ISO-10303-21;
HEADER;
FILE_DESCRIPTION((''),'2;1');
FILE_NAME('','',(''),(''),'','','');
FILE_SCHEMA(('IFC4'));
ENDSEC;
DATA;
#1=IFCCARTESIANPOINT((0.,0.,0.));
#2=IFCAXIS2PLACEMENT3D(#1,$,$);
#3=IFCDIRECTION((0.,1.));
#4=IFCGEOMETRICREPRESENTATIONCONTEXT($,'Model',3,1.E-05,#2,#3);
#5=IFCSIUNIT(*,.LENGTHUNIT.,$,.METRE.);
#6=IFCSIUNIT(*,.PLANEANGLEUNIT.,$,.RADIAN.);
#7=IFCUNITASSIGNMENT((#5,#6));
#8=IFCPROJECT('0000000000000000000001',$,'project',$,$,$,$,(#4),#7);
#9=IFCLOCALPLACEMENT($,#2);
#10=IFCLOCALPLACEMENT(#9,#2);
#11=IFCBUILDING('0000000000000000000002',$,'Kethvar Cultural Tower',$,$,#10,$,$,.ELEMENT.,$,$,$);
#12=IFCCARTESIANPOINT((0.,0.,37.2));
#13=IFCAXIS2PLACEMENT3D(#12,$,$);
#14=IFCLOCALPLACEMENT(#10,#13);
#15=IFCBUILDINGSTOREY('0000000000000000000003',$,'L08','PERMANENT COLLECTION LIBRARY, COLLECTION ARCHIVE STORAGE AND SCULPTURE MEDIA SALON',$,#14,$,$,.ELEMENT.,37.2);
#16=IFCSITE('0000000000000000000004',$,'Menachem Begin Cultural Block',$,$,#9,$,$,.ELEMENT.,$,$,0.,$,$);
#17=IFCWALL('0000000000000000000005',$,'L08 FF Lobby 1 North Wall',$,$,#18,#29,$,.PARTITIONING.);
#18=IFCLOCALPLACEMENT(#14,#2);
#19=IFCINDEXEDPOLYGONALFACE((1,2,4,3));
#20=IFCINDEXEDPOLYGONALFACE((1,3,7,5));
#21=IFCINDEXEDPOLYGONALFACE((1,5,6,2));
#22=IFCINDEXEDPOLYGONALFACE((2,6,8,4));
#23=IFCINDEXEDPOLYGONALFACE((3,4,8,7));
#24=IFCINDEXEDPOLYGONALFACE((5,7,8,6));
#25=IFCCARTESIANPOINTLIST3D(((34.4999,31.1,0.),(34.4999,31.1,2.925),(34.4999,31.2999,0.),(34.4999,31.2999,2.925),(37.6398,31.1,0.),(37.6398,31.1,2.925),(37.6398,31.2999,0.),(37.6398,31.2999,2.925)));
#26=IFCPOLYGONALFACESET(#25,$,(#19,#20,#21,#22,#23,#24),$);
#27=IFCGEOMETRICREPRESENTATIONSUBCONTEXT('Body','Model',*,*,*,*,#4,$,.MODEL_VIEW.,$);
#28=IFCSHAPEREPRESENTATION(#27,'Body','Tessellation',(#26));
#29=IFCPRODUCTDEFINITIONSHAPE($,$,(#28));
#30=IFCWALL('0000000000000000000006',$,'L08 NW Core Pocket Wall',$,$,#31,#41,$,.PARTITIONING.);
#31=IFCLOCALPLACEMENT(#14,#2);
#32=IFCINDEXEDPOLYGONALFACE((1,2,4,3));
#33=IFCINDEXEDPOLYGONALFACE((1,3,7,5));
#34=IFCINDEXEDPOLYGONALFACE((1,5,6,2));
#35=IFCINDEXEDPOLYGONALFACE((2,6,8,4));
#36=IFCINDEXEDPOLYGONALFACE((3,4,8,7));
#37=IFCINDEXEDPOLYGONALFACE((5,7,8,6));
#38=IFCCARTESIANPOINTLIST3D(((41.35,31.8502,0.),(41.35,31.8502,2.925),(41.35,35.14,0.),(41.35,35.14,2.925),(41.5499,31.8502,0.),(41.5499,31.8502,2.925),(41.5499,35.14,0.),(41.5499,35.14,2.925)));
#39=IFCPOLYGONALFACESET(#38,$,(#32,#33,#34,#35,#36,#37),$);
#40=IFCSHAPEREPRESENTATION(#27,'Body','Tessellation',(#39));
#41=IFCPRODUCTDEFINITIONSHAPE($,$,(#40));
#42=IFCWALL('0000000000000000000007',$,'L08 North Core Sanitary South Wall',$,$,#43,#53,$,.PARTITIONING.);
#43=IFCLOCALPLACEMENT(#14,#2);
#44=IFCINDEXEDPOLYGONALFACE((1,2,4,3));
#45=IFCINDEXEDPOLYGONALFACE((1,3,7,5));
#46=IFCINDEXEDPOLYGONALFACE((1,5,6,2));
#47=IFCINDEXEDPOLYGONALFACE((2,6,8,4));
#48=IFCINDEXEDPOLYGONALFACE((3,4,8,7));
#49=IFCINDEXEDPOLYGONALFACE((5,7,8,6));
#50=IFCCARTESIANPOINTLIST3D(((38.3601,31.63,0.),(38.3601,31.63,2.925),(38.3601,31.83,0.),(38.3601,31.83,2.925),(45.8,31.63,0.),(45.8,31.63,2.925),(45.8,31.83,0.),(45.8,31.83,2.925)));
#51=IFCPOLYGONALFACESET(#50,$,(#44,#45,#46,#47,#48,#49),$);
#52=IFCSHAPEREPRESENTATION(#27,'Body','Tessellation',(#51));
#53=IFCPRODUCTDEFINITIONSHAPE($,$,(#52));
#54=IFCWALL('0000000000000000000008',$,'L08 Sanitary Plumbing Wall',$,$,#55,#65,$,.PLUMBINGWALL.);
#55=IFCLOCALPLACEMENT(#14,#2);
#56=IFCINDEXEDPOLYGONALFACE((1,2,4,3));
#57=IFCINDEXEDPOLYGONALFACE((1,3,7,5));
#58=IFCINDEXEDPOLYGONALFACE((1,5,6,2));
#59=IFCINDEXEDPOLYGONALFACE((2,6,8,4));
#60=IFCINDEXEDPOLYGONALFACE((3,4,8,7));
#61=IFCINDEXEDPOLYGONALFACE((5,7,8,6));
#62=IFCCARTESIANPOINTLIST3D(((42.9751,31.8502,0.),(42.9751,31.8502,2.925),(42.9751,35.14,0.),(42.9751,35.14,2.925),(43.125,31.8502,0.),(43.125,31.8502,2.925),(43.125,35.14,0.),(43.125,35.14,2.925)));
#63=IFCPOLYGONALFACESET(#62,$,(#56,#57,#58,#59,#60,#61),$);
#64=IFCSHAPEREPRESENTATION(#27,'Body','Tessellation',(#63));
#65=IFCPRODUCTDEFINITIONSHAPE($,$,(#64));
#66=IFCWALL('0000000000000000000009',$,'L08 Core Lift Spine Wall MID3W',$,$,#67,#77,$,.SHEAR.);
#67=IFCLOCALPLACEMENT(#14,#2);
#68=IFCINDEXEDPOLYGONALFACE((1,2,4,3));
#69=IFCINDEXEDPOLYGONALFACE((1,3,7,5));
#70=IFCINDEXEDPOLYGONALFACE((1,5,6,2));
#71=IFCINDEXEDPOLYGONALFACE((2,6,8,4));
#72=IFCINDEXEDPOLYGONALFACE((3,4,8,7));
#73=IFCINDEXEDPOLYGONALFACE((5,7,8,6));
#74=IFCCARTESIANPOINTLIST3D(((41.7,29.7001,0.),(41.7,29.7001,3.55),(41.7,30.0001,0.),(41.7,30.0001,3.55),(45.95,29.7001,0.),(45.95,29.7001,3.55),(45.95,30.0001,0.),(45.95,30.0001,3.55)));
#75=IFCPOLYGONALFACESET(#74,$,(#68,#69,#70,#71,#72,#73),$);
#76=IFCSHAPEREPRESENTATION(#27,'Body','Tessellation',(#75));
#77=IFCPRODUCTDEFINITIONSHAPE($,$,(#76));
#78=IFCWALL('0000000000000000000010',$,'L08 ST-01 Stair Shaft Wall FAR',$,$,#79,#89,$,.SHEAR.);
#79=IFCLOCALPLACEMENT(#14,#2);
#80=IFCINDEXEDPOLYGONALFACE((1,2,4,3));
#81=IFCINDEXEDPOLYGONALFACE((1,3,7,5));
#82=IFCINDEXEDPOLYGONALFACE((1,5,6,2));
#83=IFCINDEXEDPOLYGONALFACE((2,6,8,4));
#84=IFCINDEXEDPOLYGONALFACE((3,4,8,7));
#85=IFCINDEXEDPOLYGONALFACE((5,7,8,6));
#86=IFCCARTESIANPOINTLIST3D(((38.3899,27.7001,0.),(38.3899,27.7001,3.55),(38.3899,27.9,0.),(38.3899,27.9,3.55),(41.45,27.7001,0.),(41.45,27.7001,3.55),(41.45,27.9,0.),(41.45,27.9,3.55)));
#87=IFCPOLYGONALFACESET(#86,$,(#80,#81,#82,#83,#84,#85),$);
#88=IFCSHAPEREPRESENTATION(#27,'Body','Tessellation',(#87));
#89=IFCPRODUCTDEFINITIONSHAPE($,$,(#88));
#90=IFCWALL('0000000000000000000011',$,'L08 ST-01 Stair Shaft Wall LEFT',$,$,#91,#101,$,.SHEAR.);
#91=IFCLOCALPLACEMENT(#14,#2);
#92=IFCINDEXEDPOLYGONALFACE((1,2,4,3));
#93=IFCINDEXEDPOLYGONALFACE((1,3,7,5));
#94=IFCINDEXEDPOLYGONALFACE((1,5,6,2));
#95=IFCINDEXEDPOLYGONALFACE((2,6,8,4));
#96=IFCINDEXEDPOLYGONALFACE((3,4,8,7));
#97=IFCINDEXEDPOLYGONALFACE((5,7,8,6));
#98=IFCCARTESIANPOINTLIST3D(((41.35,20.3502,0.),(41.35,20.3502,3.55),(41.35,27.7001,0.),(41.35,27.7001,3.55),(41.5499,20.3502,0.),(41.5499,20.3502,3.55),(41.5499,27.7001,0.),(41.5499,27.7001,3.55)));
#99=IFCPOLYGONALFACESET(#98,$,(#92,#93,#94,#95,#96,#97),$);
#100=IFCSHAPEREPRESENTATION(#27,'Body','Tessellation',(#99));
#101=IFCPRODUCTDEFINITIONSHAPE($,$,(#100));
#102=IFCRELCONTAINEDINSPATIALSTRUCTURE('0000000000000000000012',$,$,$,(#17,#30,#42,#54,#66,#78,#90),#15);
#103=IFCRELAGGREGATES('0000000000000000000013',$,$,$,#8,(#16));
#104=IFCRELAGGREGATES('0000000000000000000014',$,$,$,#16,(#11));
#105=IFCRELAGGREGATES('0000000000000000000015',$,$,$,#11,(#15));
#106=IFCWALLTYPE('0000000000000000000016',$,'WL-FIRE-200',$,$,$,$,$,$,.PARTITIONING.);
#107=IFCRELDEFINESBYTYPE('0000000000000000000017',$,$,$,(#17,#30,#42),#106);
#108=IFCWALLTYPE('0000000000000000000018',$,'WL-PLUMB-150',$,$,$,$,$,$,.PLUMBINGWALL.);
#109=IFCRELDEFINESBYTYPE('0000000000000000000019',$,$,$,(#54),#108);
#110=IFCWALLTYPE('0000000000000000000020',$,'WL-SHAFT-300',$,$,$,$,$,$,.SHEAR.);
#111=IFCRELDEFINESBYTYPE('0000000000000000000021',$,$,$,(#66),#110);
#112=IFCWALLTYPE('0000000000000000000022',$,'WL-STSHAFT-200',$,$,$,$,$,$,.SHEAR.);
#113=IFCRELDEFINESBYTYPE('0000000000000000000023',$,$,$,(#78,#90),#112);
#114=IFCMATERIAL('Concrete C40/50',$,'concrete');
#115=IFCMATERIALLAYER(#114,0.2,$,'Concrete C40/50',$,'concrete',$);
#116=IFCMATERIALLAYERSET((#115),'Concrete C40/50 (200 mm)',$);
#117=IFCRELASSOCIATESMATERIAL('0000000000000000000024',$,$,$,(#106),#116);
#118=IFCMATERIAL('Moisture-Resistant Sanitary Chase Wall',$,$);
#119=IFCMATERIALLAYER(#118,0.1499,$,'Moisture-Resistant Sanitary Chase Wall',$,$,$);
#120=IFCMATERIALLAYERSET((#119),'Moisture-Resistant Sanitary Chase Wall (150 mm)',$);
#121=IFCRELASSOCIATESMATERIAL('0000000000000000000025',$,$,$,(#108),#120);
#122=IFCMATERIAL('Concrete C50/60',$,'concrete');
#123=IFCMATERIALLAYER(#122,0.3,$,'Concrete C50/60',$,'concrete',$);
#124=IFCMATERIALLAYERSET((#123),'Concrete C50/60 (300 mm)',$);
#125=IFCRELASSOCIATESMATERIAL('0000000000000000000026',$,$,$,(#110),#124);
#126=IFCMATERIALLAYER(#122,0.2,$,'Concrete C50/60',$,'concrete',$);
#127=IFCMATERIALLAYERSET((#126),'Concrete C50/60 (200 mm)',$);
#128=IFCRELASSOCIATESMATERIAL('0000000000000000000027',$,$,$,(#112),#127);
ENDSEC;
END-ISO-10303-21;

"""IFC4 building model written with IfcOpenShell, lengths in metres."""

from ifc_helpers import new_model, si_unit, direction, frame, frame_2d, origin, place, context, subcontext, project, spatial, rectangle, extrude, material, layer, layer_set, type_object, element, save


model = new_model("IFC4")

# Units and contexts
model_context = context("Model", 3, precision=1e-05, world=origin(), true_north=direction((0.0, 1.0)))
body_context = subcontext(model_context, "Body", "Model", "MODEL_VIEW")
ifc_project = project(units=[si_unit("LENGTHUNIT", "METRE"), si_unit("PLANEANGLEUNIT", "RADIAN")], contexts=[model_context])

# Site, building, storey
site_placement = place(None, origin())
site = spatial("IfcSite", under=ifc_project, at=site_placement, Name="Menachem Begin Cultural Block", CompositionType="ELEMENT", RefElevation=0.0)
building_placement = place(site_placement, origin())
building = spatial("IfcBuilding", under=site, at=building_placement, Name="Kethvar Cultural Tower", CompositionType="ELEMENT")
storey_placement = place(building_placement, frame((0.0, 0.0, 37.2)))
storey = spatial("IfcBuildingStorey", under=building, at=storey_placement, Name="L08", Description="PERMANENT COLLECTION LIBRARY, COLLECTION ARCHIVE STORAGE AND SCULPTURE MEDIA SALON", CompositionType="ELEMENT", Elevation=37.2)

# Walls
ifc_material_1 = material(Name="Concrete C40/50", Category="concrete")
ifc_layer_1 = layer(ifc_material_1, 0.2, Name="Concrete C40/50", Category="concrete")
ifc_layer_set_1 = layer_set([ifc_layer_1], Name="Concrete C40/50 (200 mm)")
wall_type_1 = type_object("IfcWallType", Name="WL-FIRE-200", PredefinedType="PARTITIONING", material=ifc_layer_set_1)
wall_1_placement = place(storey_placement, frame((34.5, 31.2, 0.0), z_axis=(0.0, 0.0, 1.0), x_axis=(1.0, 0.0, 0.0)))
element("IfcWall", 1, at=wall_1_placement, inside=storey, type_object=wall_type_1, Name="L08 FF Lobby 1 North Wall", PredefinedType="PARTITIONING", context=body_context, shape_type="SweptSolid", body=[
    extrude(rectangle(XDim=3.1399, YDim=0.2, at=frame_2d((1.5698, 0.0))), origin(), (0.0, 0.0, 1.0), 2.925),
])
wall_2_placement = place(storey_placement, frame((41.45, 31.8501, 0.0), z_axis=(0.0, 0.0, 1.0), x_axis=(0.0, 1.0, 0.0)))
element("IfcWall", 2, at=wall_2_placement, inside=storey, type_object=wall_type_1, Name="L08 NW Core Pocket Wall", PredefinedType="PARTITIONING", context=body_context, shape_type="SweptSolid", body=[
    extrude(rectangle(XDim=3.2898, YDim=0.2, at=frame_2d((1.645, 0.0))), origin(), (0.0, 0.0, 1.0), 2.925),
])
wall_3_placement = place(storey_placement, frame((38.3601, 31.73, 0.0), z_axis=(0.0, 0.0, 1.0), x_axis=(1.0, 0.0, 0.0)))
element("IfcWall", 3, at=wall_3_placement, inside=storey, type_object=wall_type_1, Name="L08 North Core Sanitary South Wall", PredefinedType="PARTITIONING", context=body_context, shape_type="SweptSolid", body=[
    extrude(rectangle(XDim=7.4399, YDim=0.2, at=frame_2d((3.72, 0.0))), origin(), (0.0, 0.0, 1.0), 2.925),
])
ifc_material_2 = material(Name="Moisture-Resistant Sanitary Chase Wall")
ifc_layer_2 = layer(ifc_material_2, 0.1499, Name="Moisture-Resistant Sanitary Chase Wall")
ifc_layer_set_2 = layer_set([ifc_layer_2], Name="Moisture-Resistant Sanitary Chase Wall (150 mm)")
wall_type_2 = type_object("IfcWallType", Name="WL-PLUMB-150", PredefinedType="PLUMBINGWALL", material=ifc_layer_set_2)
wall_4_placement = place(storey_placement, frame((43.05, 31.8501, 0.0), z_axis=(0.0, 0.0, 1.0), x_axis=(0.0, 1.0, 0.0)))
element("IfcWall", 4, at=wall_4_placement, inside=storey, type_object=wall_type_2, Name="L08 Sanitary Plumbing Wall", PredefinedType="PLUMBINGWALL", context=body_context, shape_type="SweptSolid", body=[
    extrude(rectangle(XDim=3.2898, YDim=0.1499, at=frame_2d((1.645, 0.0))), origin(), (0.0, 0.0, 1.0), 2.925),
])
ifc_material_3 = material(Name="Concrete C50/60", Category="concrete")
ifc_layer_3 = layer(ifc_material_3, 0.3, Name="Concrete C50/60", Category="concrete")
ifc_layer_set_3 = layer_set([ifc_layer_3], Name="Concrete C50/60 (300 mm)")
wall_type_3 = type_object("IfcWallType", Name="WL-SHAFT-300", PredefinedType="SHEAR", material=ifc_layer_set_3)
wall_5_placement = place(storey_placement, frame((41.7, 29.8501, 0.0), z_axis=(0.0, 0.0, 1.0), x_axis=(1.0, 0.0, 0.0)))
element("IfcWall", 5, at=wall_5_placement, inside=storey, type_object=wall_type_3, Name="L08 Core Lift Spine Wall MID3W", PredefinedType="SHEAR", context=body_context, shape_type="SweptSolid", body=[
    extrude(rectangle(XDim=4.25, YDim=0.3, at=frame_2d((2.125, 0.0))), origin(), (0.0, 0.0, 1.0), 3.55),
])
ifc_layer_4 = layer(ifc_material_3, 0.2, Name="Concrete C50/60", Category="concrete")
ifc_layer_set_4 = layer_set([ifc_layer_4], Name="Concrete C50/60 (200 mm)")
wall_type_4 = type_object("IfcWallType", Name="WL-STSHAFT-200", PredefinedType="SHEAR", material=ifc_layer_set_4)
wall_6_placement = place(storey_placement, frame((38.3899, 27.8, 0.0), z_axis=(0.0, 0.0, 1.0), x_axis=(1.0, 0.0, 0.0)))
element("IfcWall", 6, at=wall_6_placement, inside=storey, type_object=wall_type_4, Name="L08 ST-01 Stair Shaft Wall FAR", PredefinedType="SHEAR", context=body_context, shape_type="SweptSolid", body=[
    extrude(rectangle(XDim=3.0601, YDim=0.2, at=frame_2d((1.53, 0.0))), origin(), (0.0, 0.0, 1.0), 3.55),
])
wall_7_placement = place(storey_placement, frame((41.45, 27.7, 0.0), z_axis=(0.0, 0.0, 1.0), x_axis=(0.0, -1.0, 0.0)))
element("IfcWall", 7, at=wall_7_placement, inside=storey, type_object=wall_type_4, Name="L08 ST-01 Stair Shaft Wall LEFT", PredefinedType="SHEAR", context=body_context, shape_type="SweptSolid", body=[
    extrude(rectangle(XDim=7.3499, YDim=0.2, at=frame_2d((3.6748, 0.0))), origin(), (0.0, 0.0, 1.0), 3.55),
])

save(model, "model.ifc")
